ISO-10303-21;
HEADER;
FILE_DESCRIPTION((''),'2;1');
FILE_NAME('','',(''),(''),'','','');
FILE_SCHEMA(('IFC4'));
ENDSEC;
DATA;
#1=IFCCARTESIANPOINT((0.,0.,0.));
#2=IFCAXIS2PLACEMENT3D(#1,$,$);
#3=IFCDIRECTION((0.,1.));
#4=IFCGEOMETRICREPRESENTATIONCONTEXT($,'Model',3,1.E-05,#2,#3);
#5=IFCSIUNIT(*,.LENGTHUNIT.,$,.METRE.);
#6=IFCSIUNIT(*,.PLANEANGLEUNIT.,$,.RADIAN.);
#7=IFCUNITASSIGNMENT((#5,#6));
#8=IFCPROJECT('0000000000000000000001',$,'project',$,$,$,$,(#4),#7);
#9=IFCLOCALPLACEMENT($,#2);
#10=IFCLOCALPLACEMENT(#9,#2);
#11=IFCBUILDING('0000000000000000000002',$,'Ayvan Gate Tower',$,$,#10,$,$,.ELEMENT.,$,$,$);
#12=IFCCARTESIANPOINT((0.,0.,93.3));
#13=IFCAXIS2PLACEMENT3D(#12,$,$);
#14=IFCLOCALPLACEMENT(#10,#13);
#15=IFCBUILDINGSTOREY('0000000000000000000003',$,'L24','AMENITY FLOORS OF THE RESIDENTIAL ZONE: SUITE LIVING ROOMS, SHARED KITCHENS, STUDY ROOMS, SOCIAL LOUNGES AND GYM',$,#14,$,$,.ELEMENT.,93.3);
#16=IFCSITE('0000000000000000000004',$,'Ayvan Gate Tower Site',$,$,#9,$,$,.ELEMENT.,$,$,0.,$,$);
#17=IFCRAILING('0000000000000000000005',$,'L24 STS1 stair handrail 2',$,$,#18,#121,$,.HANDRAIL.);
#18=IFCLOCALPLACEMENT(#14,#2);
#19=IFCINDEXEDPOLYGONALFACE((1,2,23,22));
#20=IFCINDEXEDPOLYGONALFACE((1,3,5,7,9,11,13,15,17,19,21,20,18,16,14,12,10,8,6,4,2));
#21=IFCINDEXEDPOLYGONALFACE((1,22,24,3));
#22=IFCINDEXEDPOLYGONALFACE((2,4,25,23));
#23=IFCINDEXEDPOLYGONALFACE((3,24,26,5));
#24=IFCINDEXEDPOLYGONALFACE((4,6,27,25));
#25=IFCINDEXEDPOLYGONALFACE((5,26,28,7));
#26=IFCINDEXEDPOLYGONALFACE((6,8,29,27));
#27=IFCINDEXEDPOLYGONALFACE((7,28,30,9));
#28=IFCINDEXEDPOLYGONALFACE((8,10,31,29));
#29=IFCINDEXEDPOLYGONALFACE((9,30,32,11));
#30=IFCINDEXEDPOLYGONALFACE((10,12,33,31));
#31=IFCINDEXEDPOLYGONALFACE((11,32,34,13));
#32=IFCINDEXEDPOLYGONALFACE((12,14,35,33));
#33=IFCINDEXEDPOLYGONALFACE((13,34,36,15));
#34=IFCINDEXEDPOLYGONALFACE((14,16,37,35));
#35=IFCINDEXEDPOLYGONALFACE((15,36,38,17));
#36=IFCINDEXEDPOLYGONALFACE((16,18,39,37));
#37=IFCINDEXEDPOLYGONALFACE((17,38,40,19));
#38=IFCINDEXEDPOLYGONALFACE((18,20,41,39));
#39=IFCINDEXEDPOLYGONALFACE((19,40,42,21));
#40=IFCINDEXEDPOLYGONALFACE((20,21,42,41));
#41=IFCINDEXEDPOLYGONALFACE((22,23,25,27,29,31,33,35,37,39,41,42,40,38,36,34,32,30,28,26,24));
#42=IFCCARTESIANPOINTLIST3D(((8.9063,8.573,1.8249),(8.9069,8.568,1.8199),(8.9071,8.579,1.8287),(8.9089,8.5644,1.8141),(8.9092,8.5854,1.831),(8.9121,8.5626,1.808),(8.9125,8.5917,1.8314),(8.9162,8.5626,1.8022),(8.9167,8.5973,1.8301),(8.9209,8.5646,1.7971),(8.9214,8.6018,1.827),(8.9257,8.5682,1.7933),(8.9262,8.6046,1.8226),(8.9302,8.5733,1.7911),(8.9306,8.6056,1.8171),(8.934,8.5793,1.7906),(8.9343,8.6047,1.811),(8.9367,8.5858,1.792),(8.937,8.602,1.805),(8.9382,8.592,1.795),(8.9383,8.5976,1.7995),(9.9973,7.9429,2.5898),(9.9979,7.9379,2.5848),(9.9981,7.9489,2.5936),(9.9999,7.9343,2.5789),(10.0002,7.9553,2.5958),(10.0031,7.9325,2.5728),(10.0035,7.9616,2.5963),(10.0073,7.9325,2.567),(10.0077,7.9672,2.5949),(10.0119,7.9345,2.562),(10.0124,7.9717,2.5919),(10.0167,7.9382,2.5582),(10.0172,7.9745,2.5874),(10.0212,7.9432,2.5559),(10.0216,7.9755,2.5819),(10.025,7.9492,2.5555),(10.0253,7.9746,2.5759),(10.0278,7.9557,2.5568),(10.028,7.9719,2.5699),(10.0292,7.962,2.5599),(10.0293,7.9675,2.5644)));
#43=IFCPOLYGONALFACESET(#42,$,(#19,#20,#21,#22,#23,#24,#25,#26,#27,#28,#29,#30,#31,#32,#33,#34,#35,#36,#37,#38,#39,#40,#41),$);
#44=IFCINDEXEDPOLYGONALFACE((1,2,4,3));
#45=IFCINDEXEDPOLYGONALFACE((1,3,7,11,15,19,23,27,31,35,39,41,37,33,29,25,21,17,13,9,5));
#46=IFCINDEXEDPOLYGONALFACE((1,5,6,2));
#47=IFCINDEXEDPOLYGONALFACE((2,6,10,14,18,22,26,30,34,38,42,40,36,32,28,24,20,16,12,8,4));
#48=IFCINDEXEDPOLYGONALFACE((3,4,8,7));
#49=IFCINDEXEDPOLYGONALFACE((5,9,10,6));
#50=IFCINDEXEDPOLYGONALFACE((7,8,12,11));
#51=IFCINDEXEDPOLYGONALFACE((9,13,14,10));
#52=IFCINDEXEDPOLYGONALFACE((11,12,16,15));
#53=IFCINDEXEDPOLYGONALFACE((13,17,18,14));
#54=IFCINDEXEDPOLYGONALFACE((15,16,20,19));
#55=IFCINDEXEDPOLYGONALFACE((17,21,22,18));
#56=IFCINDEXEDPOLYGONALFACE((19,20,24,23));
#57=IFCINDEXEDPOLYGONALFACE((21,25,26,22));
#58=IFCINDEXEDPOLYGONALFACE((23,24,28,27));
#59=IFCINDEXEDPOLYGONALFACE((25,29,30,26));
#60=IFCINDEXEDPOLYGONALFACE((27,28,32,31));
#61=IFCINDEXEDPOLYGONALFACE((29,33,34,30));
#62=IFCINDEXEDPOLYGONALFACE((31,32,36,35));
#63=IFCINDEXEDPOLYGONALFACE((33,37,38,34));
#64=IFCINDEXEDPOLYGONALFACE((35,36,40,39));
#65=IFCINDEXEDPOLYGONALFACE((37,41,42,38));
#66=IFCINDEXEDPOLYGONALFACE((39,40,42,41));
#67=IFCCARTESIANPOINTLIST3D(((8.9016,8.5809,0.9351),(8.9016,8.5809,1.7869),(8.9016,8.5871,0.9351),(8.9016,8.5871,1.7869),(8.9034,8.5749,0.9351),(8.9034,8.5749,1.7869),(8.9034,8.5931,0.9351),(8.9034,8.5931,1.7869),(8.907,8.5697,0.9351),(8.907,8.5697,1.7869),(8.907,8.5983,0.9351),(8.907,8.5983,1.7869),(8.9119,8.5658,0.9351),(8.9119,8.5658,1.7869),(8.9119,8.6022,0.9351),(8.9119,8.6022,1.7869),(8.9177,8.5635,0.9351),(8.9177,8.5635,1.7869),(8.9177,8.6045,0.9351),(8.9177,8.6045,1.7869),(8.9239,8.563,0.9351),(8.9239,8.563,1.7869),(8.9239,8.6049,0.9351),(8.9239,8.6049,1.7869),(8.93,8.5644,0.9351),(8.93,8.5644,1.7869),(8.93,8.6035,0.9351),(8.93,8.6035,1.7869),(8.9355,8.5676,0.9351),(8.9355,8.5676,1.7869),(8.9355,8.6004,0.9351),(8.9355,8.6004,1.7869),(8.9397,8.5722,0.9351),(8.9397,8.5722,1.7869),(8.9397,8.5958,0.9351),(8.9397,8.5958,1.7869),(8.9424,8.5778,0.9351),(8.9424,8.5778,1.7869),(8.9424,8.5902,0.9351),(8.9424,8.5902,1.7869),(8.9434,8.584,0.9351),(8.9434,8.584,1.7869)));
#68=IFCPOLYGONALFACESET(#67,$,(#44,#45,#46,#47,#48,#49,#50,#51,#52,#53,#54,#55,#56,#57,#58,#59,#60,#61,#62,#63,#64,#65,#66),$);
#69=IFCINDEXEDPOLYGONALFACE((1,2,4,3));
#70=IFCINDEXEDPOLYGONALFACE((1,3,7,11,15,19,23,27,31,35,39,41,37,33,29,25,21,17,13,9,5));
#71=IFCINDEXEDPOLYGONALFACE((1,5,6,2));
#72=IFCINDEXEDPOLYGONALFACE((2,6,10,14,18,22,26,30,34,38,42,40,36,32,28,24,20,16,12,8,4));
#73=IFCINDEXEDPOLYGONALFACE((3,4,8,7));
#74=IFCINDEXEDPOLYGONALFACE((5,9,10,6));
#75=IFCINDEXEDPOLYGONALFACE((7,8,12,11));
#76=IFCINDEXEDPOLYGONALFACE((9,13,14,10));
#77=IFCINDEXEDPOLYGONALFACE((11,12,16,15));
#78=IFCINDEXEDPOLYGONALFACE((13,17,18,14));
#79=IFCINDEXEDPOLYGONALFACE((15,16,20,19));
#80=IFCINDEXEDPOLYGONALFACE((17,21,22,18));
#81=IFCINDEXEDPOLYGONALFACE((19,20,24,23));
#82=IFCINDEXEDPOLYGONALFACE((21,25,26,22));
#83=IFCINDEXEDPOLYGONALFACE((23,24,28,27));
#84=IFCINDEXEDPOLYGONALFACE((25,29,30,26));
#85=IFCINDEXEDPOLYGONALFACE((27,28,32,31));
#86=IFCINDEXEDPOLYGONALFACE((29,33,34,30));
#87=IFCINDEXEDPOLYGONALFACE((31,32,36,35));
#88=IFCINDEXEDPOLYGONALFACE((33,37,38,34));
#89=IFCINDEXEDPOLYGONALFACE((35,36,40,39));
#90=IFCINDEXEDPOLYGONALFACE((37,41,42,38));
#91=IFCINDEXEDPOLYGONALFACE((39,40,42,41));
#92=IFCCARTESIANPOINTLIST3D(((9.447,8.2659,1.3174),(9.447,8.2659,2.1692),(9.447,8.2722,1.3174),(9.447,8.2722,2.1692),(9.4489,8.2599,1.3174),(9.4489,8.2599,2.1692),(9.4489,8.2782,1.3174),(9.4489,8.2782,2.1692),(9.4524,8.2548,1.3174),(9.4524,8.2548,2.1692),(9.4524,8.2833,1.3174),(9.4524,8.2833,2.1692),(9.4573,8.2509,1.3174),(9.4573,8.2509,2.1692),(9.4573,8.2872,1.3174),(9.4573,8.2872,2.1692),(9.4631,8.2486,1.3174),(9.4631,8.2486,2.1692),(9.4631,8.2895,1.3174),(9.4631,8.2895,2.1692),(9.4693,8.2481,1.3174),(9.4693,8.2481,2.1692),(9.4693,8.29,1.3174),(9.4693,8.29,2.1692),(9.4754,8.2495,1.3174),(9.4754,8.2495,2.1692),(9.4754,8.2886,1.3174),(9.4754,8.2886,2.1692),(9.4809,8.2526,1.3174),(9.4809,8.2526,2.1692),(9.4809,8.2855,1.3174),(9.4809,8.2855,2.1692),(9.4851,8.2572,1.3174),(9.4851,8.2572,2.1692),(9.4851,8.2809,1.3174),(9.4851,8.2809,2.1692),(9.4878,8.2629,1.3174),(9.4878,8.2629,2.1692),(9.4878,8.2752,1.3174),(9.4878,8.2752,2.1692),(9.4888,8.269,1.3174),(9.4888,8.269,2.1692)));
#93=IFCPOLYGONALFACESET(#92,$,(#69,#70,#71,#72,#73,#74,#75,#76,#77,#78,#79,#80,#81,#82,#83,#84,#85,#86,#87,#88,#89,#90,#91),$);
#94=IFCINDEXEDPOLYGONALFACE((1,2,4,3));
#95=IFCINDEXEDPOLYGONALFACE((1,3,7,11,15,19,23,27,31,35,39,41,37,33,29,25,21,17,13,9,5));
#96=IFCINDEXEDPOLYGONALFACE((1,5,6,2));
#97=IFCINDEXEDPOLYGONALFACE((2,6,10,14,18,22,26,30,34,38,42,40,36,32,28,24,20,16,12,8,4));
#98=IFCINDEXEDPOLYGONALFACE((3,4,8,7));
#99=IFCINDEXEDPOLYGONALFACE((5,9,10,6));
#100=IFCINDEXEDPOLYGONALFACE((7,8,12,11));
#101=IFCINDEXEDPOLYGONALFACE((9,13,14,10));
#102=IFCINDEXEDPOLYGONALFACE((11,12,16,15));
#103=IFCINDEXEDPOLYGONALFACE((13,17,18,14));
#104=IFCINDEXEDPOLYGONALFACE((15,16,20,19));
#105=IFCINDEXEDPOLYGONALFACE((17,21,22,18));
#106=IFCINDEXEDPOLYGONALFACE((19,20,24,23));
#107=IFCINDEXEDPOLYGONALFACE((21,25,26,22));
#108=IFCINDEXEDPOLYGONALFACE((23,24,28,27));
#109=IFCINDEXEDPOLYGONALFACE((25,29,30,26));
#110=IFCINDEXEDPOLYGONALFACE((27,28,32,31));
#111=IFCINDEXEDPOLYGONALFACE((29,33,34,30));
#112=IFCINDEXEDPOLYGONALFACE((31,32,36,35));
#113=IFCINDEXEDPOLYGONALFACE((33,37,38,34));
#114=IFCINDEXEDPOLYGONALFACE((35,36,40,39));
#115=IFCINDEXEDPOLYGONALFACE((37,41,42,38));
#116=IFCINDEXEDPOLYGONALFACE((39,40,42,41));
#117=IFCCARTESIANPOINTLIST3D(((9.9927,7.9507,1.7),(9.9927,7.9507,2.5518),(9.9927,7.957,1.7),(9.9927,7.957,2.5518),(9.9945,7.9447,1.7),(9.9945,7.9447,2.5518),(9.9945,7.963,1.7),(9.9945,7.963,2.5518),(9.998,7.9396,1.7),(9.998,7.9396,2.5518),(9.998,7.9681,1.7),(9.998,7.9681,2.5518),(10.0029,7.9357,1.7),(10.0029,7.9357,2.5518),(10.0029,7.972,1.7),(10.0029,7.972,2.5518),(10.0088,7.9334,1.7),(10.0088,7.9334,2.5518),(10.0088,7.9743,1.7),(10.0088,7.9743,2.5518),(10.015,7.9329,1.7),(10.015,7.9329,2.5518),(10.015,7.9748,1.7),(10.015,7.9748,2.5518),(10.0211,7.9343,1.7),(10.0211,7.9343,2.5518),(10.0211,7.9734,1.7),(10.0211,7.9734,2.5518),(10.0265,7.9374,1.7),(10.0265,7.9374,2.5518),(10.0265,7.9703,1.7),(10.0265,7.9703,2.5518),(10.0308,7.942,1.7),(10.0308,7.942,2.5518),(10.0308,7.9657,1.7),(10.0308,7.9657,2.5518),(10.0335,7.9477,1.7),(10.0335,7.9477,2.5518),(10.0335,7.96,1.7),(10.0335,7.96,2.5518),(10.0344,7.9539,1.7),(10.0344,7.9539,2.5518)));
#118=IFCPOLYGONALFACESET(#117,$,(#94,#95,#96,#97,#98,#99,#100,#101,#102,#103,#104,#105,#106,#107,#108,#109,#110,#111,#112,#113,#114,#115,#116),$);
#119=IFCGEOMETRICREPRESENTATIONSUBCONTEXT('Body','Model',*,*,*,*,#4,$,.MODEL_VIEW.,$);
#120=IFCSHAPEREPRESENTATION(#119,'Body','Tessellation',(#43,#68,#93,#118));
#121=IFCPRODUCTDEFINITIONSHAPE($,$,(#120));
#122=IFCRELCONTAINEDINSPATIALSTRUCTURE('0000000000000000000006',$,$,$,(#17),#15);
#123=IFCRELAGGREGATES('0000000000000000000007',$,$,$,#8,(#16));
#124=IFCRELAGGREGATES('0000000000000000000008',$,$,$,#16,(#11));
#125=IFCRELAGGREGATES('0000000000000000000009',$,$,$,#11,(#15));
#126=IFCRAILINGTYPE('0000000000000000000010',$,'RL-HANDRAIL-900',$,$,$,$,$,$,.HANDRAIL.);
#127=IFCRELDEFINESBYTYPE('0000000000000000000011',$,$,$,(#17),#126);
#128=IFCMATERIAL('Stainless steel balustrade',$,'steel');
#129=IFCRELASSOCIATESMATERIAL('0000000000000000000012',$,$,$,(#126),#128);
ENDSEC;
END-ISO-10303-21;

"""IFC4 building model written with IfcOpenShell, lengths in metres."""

from ifc_helpers import new_model, si_unit, direction, frame, origin, origin_2d, place, context, subcontext, project, spatial, circle, extrude, material, type_object, element, save


model = new_model("IFC4")

# Units and contexts
model_context = context("Model", 3, precision=1e-05, world=origin(), true_north=direction((0.0, 1.0)))
body_context = subcontext(model_context, "Body", "Model", "MODEL_VIEW")
ifc_project = project(units=[si_unit("LENGTHUNIT", "METRE"), si_unit("PLANEANGLEUNIT", "RADIAN")], contexts=[model_context])

# Site, building, storey
site_placement = place(None, origin())
site = spatial("IfcSite", under=ifc_project, at=site_placement, Name="Ayvan Gate Tower Site", CompositionType="ELEMENT", RefElevation=0.0)
building_placement = place(site_placement, origin())
building = spatial("IfcBuilding", under=site, at=building_placement, Name="Ayvan Gate Tower", CompositionType="ELEMENT")
storey_placement = place(building_placement, frame((0.0, 0.0, 93.3)))
storey = spatial("IfcBuildingStorey", under=building, at=storey_placement, Name="L24", Description="AMENITY FLOORS OF THE RESIDENTIAL ZONE: SUITE LIVING ROOMS, SHARED KITCHENS, STUDY ROOMS, SOCIAL LOUNGES AND GYM", CompositionType="ELEMENT", Elevation=93.3)

# Railing
ifc_material_1 = material(Name="Stainless steel balustrade", Category="steel")
railing_type_1 = type_object("IfcRailingType", Name="RL-HANDRAIL-900", PredefinedType="HANDRAIL", material=ifc_material_1)
railing_1_placement = place(storey_placement, frame((8.9224, 8.584, 0.9351)))
element("IfcRailing", 1, at=railing_1_placement, inside=storey, type_object=railing_type_1, Name="L24 STS1 stair handrail 2", PredefinedType="HANDRAIL", context=body_context, shape_type="SweptSolid", body=[
    extrude(circle(Radius=0.0239, at=origin_2d()), frame((0.0, 0.0, 0.876), z_axis=(0.740229, -0.427508, 0.518939), x_axis=(0.500119, 0.865956, 0.0)), (0.0, 0.0, 1.0), 1.4739),
    extrude(circle(Radius=0.021, at=origin_2d()), origin(), (0.0, 0.0, 1.0), 0.8518),
    extrude(circle(Radius=0.021, at=origin_2d()), frame((0.5454, -0.3149, 0.3823)), (0.0, 0.0, 1.0), 0.8518),
    extrude(circle(Radius=0.021, at=origin_2d()), frame((1.0911, -0.6301, 0.7649)), (0.0, 0.0, 1.0), 0.8518),
])

save(model, "model.ifc")
